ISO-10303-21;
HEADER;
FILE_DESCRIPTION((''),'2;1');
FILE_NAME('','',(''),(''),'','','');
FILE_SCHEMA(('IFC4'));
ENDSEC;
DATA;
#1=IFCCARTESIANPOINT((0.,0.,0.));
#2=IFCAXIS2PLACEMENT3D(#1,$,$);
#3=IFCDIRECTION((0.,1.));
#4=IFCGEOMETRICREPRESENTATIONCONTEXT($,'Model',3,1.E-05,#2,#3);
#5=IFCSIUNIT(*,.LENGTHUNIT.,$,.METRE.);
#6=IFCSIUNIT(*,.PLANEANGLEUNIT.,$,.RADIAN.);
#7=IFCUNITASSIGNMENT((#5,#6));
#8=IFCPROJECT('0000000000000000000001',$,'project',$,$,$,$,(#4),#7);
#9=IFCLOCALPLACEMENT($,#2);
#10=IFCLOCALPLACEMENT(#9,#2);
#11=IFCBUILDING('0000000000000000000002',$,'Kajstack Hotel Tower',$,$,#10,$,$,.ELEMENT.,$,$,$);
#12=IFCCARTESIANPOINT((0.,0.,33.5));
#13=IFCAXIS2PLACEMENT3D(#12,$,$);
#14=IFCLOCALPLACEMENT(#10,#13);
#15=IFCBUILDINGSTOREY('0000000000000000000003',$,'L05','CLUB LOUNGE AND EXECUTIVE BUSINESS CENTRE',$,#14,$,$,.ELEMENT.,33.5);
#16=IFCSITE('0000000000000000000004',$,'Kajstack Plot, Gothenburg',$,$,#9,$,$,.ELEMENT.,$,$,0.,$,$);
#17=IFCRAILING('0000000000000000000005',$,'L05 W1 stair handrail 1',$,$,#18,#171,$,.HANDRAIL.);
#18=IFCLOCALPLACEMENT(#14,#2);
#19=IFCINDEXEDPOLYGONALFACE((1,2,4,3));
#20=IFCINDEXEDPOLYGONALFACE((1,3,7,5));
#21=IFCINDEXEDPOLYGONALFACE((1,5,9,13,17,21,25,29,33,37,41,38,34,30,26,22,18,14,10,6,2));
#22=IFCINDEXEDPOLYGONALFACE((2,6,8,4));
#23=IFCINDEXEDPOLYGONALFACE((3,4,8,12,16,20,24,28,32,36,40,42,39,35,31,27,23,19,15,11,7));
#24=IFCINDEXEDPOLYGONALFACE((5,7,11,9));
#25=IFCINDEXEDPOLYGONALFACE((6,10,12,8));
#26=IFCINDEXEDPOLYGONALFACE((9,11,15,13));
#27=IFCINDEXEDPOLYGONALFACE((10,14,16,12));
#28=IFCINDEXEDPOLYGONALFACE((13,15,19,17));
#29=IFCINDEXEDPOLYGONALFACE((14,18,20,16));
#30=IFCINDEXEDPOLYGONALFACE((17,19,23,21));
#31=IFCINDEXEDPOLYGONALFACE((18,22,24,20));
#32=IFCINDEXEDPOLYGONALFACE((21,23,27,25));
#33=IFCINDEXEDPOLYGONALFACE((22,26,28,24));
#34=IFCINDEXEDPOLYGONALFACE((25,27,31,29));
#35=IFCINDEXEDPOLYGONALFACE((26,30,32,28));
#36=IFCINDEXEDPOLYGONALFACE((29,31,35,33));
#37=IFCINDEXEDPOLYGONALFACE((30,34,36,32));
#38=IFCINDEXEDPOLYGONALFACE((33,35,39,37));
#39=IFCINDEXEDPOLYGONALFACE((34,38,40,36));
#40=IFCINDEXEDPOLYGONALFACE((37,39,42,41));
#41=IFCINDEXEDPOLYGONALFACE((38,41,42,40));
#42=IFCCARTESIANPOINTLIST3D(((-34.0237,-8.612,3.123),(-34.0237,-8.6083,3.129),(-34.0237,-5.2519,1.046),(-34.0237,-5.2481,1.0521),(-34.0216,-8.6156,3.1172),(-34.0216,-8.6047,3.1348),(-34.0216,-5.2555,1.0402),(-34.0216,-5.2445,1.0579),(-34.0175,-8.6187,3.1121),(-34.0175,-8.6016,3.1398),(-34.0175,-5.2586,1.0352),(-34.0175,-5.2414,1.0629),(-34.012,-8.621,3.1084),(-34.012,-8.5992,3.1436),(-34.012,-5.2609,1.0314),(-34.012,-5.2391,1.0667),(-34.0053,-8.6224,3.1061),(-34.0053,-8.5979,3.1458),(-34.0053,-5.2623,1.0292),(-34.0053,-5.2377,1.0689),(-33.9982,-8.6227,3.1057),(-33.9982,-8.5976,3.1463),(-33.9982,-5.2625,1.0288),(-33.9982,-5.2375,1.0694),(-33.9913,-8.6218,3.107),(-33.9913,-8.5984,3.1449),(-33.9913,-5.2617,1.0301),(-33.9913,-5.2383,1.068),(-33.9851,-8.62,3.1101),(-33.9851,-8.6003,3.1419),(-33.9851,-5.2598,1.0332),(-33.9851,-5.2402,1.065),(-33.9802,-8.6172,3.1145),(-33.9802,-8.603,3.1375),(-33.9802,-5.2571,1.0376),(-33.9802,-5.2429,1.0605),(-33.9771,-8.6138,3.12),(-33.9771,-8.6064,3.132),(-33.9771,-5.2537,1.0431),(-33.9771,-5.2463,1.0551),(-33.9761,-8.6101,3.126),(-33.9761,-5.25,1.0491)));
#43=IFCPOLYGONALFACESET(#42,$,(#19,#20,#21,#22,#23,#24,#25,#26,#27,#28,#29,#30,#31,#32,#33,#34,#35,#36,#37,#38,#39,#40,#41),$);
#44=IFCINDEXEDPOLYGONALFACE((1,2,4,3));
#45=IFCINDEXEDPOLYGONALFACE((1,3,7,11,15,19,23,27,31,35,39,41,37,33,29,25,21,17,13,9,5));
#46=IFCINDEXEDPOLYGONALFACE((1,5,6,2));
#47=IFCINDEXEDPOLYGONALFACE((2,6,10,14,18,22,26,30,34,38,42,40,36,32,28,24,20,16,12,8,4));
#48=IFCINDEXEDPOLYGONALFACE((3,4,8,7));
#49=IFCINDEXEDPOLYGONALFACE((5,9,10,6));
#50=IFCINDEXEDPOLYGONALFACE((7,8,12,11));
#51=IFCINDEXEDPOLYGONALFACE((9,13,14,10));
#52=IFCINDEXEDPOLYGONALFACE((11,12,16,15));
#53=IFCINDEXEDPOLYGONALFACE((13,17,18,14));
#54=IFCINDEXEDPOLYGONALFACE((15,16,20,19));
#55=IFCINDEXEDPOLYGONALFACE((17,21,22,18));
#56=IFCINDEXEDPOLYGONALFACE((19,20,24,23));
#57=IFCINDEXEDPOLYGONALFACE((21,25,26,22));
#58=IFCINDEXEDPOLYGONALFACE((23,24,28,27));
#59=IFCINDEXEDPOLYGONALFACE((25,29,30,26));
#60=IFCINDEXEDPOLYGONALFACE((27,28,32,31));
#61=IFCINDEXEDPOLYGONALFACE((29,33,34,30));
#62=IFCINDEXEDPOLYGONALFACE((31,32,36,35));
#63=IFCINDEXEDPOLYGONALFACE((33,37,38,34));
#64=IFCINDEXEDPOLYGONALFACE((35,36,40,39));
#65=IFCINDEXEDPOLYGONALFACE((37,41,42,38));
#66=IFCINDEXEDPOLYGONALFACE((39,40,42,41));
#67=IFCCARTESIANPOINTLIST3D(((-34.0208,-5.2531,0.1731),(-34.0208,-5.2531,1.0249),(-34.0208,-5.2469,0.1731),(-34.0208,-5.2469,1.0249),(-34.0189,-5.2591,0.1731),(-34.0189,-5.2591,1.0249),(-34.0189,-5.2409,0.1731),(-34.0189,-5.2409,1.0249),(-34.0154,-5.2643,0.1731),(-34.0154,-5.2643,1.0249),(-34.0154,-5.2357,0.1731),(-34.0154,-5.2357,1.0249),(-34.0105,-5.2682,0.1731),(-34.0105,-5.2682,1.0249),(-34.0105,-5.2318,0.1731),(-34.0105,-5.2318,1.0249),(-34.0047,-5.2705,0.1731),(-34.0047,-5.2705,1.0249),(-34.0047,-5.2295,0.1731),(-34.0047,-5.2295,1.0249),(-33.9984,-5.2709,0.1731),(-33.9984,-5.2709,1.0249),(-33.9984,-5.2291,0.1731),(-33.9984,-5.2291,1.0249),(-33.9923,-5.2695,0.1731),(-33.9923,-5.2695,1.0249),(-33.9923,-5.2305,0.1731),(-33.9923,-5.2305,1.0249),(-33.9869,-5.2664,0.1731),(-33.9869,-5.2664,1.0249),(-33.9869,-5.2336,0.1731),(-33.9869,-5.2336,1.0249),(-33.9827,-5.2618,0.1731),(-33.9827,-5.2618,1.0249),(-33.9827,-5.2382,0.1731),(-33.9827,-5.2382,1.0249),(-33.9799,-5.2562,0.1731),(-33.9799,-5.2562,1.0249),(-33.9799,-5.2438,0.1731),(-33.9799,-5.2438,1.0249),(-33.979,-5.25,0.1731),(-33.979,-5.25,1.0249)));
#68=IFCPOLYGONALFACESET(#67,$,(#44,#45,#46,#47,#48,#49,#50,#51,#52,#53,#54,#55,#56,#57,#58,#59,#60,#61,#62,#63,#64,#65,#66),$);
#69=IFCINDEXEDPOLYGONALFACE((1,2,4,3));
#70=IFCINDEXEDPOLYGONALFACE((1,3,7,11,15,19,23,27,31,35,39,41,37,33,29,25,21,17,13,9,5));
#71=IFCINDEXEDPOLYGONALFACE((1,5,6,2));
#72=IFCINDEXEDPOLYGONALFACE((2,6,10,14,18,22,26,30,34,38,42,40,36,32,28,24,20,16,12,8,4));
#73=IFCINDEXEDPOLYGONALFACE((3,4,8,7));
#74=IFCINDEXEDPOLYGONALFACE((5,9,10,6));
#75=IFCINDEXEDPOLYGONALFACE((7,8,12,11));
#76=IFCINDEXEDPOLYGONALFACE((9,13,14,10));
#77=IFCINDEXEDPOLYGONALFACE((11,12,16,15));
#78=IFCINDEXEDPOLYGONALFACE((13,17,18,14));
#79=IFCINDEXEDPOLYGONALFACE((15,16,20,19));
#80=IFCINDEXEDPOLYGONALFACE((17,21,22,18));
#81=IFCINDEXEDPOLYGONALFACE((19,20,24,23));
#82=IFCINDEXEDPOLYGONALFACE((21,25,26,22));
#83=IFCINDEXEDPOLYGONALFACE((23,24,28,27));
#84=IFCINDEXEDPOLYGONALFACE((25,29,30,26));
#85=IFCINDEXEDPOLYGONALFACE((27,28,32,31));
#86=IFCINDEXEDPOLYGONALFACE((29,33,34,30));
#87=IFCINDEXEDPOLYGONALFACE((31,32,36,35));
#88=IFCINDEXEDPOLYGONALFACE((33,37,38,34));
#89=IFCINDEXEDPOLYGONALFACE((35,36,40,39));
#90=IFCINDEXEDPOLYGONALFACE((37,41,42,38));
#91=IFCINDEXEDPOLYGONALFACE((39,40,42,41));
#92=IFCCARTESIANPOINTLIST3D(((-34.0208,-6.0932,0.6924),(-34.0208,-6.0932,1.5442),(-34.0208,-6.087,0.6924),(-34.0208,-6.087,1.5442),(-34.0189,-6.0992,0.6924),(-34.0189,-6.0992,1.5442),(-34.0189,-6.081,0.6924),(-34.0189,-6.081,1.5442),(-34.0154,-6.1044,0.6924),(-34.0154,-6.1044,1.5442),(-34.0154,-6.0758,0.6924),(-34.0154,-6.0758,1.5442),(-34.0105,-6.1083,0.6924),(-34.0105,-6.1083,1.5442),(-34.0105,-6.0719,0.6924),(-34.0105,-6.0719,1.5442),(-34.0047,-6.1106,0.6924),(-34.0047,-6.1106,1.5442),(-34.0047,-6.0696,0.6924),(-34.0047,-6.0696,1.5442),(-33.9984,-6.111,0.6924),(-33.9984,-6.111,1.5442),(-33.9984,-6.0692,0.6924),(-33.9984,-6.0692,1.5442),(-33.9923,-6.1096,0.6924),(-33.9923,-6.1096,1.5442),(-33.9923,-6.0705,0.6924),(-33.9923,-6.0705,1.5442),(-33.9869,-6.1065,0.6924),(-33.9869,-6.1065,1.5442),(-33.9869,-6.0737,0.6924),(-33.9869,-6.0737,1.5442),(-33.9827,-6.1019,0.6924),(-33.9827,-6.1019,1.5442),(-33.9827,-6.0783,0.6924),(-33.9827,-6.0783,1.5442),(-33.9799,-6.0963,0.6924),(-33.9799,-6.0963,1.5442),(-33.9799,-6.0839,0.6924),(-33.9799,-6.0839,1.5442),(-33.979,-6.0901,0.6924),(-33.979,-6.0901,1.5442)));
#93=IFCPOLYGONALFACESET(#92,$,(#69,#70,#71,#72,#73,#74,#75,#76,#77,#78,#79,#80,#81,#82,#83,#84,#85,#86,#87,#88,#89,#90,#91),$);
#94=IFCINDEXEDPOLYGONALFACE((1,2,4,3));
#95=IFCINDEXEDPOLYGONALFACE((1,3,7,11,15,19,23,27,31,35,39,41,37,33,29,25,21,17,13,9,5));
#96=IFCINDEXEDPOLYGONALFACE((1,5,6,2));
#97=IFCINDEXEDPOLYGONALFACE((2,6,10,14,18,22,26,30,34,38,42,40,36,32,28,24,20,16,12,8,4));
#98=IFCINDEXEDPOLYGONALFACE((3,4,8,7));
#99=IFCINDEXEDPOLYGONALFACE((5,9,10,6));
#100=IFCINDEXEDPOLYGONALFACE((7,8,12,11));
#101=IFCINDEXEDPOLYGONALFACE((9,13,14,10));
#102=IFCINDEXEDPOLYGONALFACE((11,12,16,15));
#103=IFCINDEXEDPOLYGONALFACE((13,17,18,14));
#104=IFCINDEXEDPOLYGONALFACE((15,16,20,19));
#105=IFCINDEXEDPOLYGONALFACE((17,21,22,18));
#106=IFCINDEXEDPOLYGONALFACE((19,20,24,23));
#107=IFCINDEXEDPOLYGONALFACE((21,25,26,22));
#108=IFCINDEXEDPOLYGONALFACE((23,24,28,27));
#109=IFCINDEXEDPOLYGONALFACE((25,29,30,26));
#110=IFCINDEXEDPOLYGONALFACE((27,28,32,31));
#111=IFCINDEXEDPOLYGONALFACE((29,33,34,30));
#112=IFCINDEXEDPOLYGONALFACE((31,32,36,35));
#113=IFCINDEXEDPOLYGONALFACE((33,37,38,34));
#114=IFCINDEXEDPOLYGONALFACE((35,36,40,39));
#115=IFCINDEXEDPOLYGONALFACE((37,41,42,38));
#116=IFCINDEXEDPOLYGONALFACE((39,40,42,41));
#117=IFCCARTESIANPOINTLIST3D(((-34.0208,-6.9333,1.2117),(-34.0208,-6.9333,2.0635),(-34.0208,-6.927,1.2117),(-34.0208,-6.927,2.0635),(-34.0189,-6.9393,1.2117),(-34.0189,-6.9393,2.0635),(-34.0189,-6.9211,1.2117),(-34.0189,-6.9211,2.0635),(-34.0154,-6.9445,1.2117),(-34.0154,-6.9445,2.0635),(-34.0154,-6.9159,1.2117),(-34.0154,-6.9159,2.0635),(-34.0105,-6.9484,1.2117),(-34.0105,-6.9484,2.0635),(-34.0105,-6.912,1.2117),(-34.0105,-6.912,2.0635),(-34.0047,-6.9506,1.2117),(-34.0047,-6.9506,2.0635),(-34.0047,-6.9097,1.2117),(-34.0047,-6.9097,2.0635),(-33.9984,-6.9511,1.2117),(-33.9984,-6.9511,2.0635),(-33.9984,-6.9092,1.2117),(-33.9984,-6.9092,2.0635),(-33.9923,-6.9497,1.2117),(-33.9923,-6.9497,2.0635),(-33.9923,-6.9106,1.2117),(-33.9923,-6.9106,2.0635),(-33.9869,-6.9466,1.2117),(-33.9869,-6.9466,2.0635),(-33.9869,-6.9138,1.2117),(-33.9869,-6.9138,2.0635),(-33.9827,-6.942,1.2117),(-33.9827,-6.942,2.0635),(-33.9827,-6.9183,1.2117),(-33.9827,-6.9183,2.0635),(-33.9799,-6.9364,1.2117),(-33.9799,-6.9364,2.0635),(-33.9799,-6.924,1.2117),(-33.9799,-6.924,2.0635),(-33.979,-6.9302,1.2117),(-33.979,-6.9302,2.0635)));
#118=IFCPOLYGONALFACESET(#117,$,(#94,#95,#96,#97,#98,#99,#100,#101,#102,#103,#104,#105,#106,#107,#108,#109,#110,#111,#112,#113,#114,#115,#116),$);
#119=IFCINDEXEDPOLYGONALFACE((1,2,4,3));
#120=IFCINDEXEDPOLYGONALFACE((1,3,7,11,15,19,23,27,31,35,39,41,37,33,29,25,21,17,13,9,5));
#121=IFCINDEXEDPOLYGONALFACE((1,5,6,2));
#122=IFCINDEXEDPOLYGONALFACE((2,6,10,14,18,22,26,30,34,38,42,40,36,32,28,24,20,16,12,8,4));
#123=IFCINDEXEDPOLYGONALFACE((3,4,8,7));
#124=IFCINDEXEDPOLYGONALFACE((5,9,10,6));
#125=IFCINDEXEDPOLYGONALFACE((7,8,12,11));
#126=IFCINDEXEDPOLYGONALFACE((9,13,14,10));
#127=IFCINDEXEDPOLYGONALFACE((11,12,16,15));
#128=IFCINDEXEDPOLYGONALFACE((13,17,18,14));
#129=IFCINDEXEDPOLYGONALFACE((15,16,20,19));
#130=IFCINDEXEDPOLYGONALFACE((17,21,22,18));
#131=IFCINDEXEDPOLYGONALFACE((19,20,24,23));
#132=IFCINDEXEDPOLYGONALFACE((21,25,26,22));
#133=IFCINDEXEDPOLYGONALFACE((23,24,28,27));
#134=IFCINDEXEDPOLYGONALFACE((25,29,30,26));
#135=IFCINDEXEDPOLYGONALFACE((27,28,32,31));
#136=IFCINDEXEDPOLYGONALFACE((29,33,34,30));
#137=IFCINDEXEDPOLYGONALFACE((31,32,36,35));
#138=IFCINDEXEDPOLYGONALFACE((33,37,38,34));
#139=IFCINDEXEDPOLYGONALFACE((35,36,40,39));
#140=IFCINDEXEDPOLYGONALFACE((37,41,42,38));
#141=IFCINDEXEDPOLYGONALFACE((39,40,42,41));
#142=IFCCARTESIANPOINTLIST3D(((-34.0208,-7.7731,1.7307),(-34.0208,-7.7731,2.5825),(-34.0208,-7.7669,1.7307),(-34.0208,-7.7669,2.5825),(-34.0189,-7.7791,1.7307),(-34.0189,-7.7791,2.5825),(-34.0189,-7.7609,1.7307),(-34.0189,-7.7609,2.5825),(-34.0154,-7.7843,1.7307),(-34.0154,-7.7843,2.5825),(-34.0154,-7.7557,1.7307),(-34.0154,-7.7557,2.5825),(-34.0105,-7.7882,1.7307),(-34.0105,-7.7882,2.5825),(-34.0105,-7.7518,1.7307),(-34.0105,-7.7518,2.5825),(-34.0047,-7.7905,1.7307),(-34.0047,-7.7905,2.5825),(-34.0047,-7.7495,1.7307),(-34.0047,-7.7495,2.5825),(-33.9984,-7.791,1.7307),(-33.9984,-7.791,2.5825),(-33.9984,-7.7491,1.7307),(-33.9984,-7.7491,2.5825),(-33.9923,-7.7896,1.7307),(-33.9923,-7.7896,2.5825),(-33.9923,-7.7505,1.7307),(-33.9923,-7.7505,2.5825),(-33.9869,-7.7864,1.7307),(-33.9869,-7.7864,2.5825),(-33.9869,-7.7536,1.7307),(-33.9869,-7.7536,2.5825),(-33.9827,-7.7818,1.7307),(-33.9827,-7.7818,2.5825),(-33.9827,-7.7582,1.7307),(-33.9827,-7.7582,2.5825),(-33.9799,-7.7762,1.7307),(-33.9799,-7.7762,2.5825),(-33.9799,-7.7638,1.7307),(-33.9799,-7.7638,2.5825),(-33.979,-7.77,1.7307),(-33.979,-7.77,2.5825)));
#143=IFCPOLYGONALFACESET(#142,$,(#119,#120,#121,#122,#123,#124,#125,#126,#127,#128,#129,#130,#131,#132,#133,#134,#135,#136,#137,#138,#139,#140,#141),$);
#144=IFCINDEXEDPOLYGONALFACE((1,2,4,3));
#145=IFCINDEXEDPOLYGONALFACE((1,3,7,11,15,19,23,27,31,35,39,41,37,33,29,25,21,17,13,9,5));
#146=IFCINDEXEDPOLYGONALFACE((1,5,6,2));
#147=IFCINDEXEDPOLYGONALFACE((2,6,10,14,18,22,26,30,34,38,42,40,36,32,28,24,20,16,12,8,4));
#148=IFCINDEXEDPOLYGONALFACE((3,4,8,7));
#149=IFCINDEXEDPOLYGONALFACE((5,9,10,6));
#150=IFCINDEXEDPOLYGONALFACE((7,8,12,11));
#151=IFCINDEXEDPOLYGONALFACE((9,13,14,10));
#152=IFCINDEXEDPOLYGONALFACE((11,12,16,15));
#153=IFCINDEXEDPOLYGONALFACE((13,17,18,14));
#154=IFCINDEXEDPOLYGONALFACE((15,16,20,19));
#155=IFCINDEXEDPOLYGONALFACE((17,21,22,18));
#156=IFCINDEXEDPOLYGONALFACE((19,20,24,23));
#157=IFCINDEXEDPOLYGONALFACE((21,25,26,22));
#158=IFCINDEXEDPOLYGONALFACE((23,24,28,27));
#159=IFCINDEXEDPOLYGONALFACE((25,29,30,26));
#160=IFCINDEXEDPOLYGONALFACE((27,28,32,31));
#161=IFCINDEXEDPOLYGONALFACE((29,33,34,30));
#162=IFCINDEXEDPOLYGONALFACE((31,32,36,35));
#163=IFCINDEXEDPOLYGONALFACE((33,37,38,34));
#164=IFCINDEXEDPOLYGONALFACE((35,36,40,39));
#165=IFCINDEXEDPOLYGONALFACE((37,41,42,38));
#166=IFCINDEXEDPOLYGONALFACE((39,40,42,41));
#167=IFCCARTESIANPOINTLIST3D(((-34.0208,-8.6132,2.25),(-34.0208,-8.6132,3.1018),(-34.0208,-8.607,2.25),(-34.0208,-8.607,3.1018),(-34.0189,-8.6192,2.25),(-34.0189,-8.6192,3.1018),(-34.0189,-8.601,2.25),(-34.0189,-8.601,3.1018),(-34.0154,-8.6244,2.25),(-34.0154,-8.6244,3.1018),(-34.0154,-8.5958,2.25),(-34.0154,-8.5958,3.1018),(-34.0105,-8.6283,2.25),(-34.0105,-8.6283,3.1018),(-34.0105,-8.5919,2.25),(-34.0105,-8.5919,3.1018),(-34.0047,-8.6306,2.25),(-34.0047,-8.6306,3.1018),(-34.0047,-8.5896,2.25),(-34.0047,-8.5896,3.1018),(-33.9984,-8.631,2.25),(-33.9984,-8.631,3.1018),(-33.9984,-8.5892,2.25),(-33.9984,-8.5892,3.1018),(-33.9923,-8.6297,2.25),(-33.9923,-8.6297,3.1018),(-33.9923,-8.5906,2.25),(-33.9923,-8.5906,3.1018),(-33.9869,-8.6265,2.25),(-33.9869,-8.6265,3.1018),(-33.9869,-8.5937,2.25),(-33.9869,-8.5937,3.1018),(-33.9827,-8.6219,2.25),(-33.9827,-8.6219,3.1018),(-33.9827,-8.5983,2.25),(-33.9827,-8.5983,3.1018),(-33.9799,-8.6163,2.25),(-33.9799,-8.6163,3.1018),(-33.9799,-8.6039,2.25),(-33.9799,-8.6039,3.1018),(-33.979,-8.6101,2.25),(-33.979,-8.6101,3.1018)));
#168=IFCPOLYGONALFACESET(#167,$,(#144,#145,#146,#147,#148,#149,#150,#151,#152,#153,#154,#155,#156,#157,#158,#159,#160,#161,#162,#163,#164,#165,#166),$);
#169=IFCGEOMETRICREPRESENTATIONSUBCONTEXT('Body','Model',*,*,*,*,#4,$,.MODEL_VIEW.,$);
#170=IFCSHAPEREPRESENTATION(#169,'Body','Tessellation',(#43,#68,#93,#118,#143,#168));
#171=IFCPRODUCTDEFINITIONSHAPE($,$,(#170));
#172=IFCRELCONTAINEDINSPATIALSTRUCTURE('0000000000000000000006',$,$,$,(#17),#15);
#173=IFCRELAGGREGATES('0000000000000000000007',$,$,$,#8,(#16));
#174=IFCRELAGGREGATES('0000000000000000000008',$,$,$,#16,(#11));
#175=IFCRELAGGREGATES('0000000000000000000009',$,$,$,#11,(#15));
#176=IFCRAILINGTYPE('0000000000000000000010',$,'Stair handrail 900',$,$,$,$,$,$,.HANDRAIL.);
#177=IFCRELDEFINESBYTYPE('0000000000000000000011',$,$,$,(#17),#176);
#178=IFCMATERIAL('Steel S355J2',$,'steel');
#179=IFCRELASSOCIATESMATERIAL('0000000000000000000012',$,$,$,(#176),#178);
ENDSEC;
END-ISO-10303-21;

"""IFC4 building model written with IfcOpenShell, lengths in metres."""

from ifc_helpers import new_model, si_unit, direction, frame, origin, origin_2d, place, context, subcontext, project, spatial, circle, extrude, material, type_object, element, save


model = new_model("IFC4")

# Units and contexts
model_context = context("Model", 3, precision=1e-05, world=origin(), true_north=direction((0.0, 1.0)))
body_context = subcontext(model_context, "Body", "Model", "MODEL_VIEW")
ifc_project = project(units=[si_unit("LENGTHUNIT", "METRE"), si_unit("PLANEANGLEUNIT", "RADIAN")], contexts=[model_context])

# Site, building, storey
site_placement = place(None, origin())
site = spatial("IfcSite", under=ifc_project, at=site_placement, Name="Kajstack Plot, Gothenburg", CompositionType="ELEMENT", RefElevation=0.0)
building_placement = place(site_placement, origin())
building = spatial("IfcBuilding", under=site, at=building_placement, Name="Kajstack Hotel Tower", CompositionType="ELEMENT")
storey_placement = place(building_placement, frame((0.0, 0.0, 33.5)))
storey = spatial("IfcBuildingStorey", under=building, at=storey_placement, Name="L05", Description="CLUB LOUNGE AND EXECUTIVE BUSINESS CENTRE", CompositionType="ELEMENT", Elevation=33.5)

# Railing
ifc_material_1 = material(Name="Steel S355J2", Category="steel")
railing_type_1 = type_object("IfcRailingType", Name="Stair handrail 900", PredefinedType="HANDRAIL", material=ifc_material_1)
railing_1_placement = place(storey_placement, frame((-34.0, -5.25, 0.1731)))
element("IfcRailing", 1, at=railing_1_placement, inside=storey, type_object=railing_type_1, Name="L05 W1 stair handrail 1", PredefinedType="HANDRAIL", context=body_context, shape_type="SweptSolid", body=[
    extrude(circle(Radius=0.0239, at=origin_2d()), frame((0.0, 0.0, 0.876), z_axis=(0.0, -0.850623, 0.525776), x_axis=(1.0, 0.0, 0.0)), (0.0, 0.0, 1.0), 3.9502),
    extrude(circle(Radius=0.021, at=origin_2d()), origin(), (0.0, 0.0, 1.0), 0.8518),
    extrude(circle(Radius=0.021, at=origin_2d()), frame((0.0, -0.8401, 0.5193)), (0.0, 0.0, 1.0), 0.8518),
    extrude(circle(Radius=0.021, at=origin_2d()), frame((0.0, -1.6802, 1.0386)), (0.0, 0.0, 1.0), 0.8518),
    extrude(circle(Radius=0.021, at=origin_2d()), frame((0.0, -2.52, 1.5576)), (0.0, 0.0, 1.0), 0.8518),
    extrude(circle(Radius=0.021, at=origin_2d()), frame((0.0, -3.3601, 2.0769)), (0.0, 0.0, 1.0), 0.8518),
])

save(model, "model.ifc")
